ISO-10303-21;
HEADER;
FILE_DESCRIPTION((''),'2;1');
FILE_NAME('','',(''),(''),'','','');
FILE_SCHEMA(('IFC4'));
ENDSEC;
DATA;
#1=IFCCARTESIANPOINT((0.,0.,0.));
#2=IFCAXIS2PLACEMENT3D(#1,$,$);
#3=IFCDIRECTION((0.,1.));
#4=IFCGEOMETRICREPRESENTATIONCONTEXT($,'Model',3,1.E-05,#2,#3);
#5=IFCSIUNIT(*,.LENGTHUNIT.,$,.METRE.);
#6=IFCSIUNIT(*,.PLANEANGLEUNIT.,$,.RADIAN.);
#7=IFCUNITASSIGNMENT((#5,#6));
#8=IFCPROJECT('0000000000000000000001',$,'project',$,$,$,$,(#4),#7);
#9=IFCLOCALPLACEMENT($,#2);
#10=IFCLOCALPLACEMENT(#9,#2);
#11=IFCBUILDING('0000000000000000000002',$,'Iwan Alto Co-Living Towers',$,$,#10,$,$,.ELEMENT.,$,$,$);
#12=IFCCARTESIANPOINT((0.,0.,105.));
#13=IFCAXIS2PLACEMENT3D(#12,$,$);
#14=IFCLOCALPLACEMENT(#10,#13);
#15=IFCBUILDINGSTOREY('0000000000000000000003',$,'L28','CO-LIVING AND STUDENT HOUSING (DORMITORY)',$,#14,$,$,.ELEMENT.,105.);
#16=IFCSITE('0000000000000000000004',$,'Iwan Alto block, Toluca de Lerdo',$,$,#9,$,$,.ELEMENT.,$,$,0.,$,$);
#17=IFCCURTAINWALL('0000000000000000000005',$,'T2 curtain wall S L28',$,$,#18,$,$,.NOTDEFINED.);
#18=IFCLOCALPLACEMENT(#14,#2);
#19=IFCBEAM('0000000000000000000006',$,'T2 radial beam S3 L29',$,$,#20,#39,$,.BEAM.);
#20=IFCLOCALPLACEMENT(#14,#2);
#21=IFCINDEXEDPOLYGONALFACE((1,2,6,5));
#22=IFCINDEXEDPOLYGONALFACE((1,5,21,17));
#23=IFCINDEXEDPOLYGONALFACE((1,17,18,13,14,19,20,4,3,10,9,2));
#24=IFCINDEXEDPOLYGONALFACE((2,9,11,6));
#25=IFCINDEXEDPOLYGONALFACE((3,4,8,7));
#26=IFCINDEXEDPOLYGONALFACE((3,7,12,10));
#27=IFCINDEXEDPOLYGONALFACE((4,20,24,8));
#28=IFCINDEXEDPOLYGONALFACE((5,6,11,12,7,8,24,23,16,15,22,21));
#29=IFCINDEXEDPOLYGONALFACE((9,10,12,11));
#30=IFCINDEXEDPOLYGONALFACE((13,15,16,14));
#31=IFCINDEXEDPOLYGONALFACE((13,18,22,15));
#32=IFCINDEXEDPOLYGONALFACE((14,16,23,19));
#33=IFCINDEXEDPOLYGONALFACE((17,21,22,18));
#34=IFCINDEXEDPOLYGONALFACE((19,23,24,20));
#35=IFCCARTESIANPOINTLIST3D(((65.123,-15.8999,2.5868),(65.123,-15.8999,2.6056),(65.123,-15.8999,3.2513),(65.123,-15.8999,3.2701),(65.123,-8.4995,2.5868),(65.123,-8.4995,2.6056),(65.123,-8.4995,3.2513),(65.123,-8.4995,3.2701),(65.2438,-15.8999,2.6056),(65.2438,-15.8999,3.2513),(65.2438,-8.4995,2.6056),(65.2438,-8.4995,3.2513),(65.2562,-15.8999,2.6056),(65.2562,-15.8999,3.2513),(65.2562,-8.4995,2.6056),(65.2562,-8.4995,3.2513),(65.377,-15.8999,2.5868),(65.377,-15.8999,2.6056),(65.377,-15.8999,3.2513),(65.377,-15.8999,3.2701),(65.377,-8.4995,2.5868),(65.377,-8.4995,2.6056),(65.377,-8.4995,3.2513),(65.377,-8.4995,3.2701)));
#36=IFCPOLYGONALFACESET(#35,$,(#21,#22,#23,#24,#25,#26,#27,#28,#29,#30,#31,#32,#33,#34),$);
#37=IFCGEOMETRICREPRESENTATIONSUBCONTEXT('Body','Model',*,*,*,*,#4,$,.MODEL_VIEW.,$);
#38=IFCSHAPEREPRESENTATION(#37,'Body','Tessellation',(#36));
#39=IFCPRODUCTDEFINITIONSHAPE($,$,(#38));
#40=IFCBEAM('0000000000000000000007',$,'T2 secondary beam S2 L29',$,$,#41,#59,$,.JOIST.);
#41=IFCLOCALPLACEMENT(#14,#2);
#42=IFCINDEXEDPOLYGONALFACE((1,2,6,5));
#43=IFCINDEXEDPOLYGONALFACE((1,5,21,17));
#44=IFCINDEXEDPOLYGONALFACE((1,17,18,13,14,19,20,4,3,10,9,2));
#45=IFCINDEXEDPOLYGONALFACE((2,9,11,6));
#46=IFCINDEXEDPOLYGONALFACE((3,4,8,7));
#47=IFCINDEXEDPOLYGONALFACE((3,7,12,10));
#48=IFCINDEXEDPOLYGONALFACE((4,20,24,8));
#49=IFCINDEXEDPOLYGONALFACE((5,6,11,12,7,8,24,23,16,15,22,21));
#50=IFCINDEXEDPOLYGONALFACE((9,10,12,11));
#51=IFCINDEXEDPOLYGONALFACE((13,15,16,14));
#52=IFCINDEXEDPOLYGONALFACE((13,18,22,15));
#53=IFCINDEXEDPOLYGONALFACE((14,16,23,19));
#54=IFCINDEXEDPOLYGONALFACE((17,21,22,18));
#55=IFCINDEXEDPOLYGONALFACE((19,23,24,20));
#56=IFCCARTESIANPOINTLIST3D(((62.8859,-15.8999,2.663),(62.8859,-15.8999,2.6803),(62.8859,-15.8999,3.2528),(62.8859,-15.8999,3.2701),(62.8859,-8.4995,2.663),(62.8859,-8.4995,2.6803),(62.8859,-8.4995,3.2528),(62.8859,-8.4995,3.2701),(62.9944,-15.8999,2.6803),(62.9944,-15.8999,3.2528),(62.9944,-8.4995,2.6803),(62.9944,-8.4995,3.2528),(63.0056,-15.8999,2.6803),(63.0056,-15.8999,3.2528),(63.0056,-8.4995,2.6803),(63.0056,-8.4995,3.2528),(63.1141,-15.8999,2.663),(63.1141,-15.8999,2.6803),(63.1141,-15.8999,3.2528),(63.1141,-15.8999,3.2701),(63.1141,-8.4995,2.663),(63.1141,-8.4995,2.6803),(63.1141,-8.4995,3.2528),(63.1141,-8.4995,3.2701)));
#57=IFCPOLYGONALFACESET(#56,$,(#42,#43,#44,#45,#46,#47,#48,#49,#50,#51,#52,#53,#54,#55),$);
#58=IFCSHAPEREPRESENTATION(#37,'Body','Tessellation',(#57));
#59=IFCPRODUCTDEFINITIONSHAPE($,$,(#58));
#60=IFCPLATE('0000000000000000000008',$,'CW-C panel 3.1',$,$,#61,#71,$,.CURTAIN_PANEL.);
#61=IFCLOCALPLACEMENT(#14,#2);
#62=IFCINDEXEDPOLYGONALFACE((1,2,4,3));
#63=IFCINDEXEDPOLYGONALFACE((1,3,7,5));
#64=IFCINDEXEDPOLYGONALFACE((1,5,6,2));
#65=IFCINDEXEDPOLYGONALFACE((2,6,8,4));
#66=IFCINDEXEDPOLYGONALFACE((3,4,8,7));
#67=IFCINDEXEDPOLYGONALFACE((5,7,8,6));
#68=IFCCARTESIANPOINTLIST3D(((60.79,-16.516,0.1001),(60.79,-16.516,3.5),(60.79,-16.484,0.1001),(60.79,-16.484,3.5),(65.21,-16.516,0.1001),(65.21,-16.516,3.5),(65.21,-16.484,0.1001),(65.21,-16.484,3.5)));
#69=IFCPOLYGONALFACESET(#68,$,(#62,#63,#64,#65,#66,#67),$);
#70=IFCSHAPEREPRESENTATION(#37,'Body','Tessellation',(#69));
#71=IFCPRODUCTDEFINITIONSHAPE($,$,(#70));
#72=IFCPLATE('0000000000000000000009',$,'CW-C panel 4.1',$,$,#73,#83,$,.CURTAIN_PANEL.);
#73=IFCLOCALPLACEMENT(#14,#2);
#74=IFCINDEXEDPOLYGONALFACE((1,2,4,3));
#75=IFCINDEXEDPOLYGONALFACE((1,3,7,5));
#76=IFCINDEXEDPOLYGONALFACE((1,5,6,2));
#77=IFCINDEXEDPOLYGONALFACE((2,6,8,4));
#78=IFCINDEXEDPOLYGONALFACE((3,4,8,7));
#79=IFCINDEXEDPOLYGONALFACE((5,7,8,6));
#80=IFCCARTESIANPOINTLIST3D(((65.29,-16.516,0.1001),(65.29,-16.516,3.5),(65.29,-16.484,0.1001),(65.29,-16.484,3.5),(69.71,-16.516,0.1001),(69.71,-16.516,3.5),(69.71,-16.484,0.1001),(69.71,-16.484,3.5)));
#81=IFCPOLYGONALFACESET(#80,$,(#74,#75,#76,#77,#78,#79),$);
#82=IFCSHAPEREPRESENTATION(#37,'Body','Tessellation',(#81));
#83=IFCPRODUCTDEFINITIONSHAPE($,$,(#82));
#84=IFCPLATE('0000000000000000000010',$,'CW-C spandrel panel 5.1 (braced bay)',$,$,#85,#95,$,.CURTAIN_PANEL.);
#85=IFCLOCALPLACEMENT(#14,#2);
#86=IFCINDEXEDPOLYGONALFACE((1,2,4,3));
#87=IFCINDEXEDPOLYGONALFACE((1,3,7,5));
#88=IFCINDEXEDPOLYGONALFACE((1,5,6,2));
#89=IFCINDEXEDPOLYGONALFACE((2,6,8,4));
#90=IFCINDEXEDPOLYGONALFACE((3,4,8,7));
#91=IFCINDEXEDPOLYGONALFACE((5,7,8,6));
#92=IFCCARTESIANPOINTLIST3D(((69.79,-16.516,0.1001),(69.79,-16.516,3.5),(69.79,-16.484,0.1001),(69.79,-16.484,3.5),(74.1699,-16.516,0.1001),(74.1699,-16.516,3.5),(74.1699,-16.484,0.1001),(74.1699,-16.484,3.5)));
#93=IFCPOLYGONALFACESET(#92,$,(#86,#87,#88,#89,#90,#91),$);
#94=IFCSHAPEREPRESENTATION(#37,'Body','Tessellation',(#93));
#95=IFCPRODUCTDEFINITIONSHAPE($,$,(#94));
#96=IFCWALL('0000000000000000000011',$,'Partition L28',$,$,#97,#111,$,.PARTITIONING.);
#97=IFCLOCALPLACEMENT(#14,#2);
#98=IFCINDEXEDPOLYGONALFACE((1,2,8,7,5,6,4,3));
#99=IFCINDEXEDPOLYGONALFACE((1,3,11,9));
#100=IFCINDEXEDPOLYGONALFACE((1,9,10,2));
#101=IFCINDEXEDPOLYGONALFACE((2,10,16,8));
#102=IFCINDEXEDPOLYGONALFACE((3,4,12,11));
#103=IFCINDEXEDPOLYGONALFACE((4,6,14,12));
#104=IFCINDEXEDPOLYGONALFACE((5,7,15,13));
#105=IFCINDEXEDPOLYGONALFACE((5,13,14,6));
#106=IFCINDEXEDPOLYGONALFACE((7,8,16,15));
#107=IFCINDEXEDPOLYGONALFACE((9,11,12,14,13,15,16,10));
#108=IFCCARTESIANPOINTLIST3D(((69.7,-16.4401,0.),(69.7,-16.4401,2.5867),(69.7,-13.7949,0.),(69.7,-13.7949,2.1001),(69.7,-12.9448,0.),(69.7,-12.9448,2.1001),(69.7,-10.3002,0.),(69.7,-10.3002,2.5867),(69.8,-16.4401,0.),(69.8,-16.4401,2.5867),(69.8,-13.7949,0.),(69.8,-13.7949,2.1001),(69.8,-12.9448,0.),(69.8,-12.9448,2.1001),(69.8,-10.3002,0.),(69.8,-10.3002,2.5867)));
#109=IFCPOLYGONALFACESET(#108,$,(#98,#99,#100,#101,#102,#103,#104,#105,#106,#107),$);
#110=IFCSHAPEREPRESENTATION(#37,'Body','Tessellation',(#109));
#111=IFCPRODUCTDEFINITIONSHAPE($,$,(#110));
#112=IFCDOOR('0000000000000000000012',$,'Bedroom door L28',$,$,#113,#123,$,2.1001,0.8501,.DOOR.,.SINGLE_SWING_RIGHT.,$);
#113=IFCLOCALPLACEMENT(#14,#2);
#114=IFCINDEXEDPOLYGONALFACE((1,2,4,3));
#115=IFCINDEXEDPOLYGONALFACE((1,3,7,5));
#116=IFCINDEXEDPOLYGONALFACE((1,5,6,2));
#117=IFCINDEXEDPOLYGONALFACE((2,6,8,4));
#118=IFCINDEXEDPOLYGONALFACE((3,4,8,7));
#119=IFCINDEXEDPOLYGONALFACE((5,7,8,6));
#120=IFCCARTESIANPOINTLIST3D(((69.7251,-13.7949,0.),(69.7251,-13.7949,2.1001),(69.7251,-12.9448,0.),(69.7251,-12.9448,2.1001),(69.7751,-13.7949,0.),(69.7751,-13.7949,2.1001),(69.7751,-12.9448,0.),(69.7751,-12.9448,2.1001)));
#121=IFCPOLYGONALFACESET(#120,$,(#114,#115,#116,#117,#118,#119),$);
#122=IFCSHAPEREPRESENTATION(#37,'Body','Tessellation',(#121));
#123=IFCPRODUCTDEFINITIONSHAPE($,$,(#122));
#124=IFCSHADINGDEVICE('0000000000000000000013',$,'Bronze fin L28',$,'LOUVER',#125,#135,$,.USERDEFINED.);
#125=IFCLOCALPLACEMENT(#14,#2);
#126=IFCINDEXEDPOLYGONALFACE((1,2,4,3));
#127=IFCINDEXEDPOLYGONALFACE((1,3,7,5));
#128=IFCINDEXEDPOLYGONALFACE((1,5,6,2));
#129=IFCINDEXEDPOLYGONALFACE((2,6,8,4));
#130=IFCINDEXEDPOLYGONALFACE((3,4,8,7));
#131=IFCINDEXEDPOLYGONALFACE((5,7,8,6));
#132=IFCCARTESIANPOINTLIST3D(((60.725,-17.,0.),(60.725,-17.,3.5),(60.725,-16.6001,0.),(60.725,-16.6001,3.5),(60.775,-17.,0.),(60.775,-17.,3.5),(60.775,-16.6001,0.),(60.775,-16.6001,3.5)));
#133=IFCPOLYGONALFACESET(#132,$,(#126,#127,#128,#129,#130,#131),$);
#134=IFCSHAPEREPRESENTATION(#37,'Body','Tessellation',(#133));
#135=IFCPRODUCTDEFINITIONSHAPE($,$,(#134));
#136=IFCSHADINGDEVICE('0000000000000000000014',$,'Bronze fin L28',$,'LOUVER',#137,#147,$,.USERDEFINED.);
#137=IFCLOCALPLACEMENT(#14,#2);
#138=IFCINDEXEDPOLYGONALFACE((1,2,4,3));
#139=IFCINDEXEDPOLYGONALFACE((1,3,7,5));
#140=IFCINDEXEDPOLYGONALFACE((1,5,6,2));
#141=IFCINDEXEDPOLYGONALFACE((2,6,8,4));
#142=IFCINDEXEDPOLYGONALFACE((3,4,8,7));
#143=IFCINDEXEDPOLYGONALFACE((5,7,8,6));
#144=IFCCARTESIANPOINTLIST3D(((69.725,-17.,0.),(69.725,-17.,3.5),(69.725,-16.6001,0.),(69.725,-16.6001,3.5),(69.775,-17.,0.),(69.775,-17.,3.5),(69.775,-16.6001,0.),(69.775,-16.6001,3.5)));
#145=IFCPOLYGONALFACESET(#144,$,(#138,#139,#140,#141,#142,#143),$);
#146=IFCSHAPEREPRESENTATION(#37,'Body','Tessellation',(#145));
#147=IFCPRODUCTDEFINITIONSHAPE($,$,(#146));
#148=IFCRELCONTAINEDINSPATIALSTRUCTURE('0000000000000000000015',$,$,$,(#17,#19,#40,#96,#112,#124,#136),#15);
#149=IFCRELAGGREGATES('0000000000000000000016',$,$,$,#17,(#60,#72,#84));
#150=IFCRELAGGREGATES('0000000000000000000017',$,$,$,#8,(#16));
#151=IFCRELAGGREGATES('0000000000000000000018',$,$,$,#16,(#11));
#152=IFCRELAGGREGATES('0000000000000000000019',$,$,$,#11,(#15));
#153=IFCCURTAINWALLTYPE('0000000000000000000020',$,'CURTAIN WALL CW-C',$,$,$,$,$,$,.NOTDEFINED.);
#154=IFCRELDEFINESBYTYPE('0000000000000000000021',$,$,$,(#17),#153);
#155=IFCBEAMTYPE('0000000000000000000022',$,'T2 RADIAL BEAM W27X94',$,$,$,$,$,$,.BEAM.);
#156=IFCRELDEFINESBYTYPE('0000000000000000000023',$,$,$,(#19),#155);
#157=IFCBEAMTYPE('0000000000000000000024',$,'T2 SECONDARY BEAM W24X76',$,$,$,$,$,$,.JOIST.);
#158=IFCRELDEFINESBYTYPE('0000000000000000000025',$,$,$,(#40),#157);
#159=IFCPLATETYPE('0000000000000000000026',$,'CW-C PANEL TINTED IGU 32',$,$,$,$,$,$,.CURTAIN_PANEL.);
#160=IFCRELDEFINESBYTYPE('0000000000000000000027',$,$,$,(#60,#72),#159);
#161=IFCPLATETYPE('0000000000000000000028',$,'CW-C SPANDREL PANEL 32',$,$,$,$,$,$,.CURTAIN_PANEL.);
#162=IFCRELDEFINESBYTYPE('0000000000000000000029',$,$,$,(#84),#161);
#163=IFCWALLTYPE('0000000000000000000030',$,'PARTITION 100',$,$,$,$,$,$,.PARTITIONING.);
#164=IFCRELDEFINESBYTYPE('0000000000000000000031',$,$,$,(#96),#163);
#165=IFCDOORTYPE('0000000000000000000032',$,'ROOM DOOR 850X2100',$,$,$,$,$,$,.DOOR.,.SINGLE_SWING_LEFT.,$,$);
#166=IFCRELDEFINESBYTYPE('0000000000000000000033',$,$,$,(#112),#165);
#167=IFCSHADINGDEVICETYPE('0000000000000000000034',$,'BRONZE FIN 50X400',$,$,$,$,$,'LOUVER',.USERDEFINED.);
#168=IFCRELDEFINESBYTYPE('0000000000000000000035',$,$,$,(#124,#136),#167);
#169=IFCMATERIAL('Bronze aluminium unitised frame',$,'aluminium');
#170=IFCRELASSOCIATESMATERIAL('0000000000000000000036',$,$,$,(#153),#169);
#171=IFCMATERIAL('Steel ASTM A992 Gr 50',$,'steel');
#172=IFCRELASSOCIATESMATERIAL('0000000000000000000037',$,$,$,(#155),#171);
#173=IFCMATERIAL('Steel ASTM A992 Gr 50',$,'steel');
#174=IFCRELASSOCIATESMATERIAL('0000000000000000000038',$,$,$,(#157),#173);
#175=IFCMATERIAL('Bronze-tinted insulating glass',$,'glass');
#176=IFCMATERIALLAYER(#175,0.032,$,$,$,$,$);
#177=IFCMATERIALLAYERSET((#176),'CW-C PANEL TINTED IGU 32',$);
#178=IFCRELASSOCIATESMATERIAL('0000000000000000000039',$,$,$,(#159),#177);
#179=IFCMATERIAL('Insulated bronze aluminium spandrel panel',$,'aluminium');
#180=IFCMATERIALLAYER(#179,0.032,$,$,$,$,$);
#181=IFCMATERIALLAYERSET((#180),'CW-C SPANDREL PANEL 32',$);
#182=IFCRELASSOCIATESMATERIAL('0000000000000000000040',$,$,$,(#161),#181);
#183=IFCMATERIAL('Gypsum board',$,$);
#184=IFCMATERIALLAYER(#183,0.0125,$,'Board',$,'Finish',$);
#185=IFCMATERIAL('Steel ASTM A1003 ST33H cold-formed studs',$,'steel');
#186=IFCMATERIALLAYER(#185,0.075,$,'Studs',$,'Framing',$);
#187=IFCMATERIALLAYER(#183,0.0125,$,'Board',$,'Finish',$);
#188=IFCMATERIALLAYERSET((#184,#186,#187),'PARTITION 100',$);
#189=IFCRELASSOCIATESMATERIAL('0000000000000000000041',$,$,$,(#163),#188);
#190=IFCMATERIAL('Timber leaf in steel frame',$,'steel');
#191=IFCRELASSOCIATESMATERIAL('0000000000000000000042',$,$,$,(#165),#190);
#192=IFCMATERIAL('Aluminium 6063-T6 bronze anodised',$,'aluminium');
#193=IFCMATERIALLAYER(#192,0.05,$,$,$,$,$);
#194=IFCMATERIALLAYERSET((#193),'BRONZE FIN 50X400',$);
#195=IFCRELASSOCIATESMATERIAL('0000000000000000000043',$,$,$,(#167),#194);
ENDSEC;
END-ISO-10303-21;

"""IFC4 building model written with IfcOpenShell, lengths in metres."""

from ifc_helpers import new_model, si_unit, direction, frame, frame_2d, origin, origin_2d, place, context, subcontext, project, spatial, rectangle, i_section, extrude, material, layer, layer_set, material_profile, profile_set, type_object, element, fill, aggregate, save


model = new_model("IFC4")

# Units and contexts
model_context = context("Model", 3, precision=1e-05, world=origin(), true_north=direction((0.0, 1.0)))
body_context = subcontext(model_context, "Body", "Model", "MODEL_VIEW")
ifc_project = project(units=[si_unit("LENGTHUNIT", "METRE"), si_unit("PLANEANGLEUNIT", "RADIAN")], contexts=[model_context])

# Site, building, storey
site_placement = place(None, origin())
site = spatial("IfcSite", under=ifc_project, at=site_placement, Name="Iwan Alto block, Toluca de Lerdo", CompositionType="ELEMENT", RefElevation=0.0)
building_placement = place(site_placement, origin())
building = spatial("IfcBuilding", under=site, at=building_placement, Name="Iwan Alto Co-Living Towers", CompositionType="ELEMENT")
storey_placement = place(building_placement, frame((0.0, 0.0, 105.0)))
storey = spatial("IfcBuildingStorey", under=building, at=storey_placement, Name="L28", Description="CO-LIVING AND STUDENT HOUSING (DORMITORY)", CompositionType="ELEMENT", Elevation=105.0)

# Curtain wall
ifc_material_1 = material(Name="Bronze aluminium unitised frame", Category="aluminium")
curtain_wall_type = type_object("IfcCurtainWallType", Name="CURTAIN WALL CW-C", PredefinedType="NOTDEFINED", material=ifc_material_1)
curtain_wall_placement = place(storey_placement, origin())
curtain_wall = element("IfcCurtainWall", 1, at=curtain_wall_placement, inside=storey, type_object=curtain_wall_type, Name="T2 curtain wall S L28", PredefinedType="NOTDEFINED")

# Beams
ifc_material_2 = material(Name="Steel ASTM A992 Gr 50", Category="steel")
ifc_material_profile_1 = material_profile(ifc_material_2, i_section(OverallWidth=0.2539, OverallDepth=0.6833, WebThickness=0.0125, FlangeThickness=0.0188, at=origin_2d()), Name="W27X94")
ifc_profile_set_1 = profile_set([ifc_material_profile_1], Name="Steel ASTM A992 Gr 50")
beam_type_1 = type_object("IfcBeamType", Name="T2 RADIAL BEAM W27X94", PredefinedType="BEAM", material=ifc_profile_set_1)
for number, where, z_axis, x_axis, name in (
    (2, (65.25, -15.8999, 2.9285), (0.0, 1.0, 0.0), (-1.0, 0.0, 0.0), "T2 radial beam S3 L29"),
):
    element("IfcBeam", number, at=place(storey_placement, frame(where, z_axis=z_axis, x_axis=x_axis)), inside=storey, type_object=beam_type_1, Name=name, PredefinedType="BEAM", context=body_context, shape_type="SweptSolid", body=[
        extrude(i_section(OverallWidth=0.2539, OverallDepth=0.6833, WebThickness=0.0125, FlangeThickness=0.0188, at=origin_2d()), origin(), (0.0, 0.0, 1.0), 7.4004),
    ])
ifc_material_3 = material(Name="Steel ASTM A992 Gr 50", Category="steel")
ifc_material_profile_2 = material_profile(ifc_material_3, i_section(OverallWidth=0.2283, OverallDepth=0.6072, WebThickness=0.0112, FlangeThickness=0.0173, at=origin_2d()), Name="W24X76")
ifc_profile_set_2 = profile_set([ifc_material_profile_2], Name="Steel ASTM A992 Gr 50")
beam_type_2 = type_object("IfcBeamType", Name="T2 SECONDARY BEAM W24X76", PredefinedType="JOIST", material=ifc_profile_set_2)
beam_placement = place(storey_placement, frame((63.0, -15.8999, 2.9666), z_axis=(0.0, 1.0, 0.0), x_axis=(-1.0, 0.0, 0.0)))
element("IfcBeam", 3, at=beam_placement, inside=storey, type_object=beam_type_2, Name="T2 secondary beam S2 L29", PredefinedType="JOIST", context=body_context, shape_type="SweptSolid", body=[
    extrude(i_section(OverallWidth=0.2283, OverallDepth=0.6072, WebThickness=0.0112, FlangeThickness=0.0173, at=origin_2d()), origin(), (0.0, 0.0, 1.0), 7.4004),
])

# Plates
ifc_material_4 = material(Name="Bronze-tinted insulating glass", Category="glass")
ifc_layer_1 = layer(ifc_material_4, 0.032)
ifc_layer_set_1 = layer_set([ifc_layer_1], Name="CW-C PANEL TINTED IGU 32")
plate_type_1 = type_object("IfcPlateType", Name="CW-C PANEL TINTED IGU 32", PredefinedType="CURTAIN_PANEL", material=ifc_layer_set_1)
plate_1_placement = place(storey_placement, frame((63.0, -16.5, 0.1001), z_axis=(0.0, 0.0, 1.0), x_axis=(1.0, 0.0, 0.0)))
plate_1 = element("IfcPlate", 4, at=plate_1_placement, type_object=plate_type_1, Name="CW-C panel 3.1", PredefinedType="CURTAIN_PANEL", context=body_context, shape_type="SweptSolid", body=[
    extrude(rectangle(XDim=4.4199, YDim=0.032, at=origin_2d()), origin(), (0.0, 0.0, 1.0), 3.3999),
])
plate_2_placement = place(storey_placement, frame((67.5, -16.5, 0.1001), z_axis=(0.0, 0.0, 1.0), x_axis=(1.0, 0.0, 0.0)))
plate_2 = element("IfcPlate", 5, at=plate_2_placement, type_object=plate_type_1, Name="CW-C panel 4.1", PredefinedType="CURTAIN_PANEL", context=body_context, shape_type="SweptSolid", body=[
    extrude(rectangle(XDim=4.4199, YDim=0.032, at=origin_2d()), origin(), (0.0, 0.0, 1.0), 3.3999),
])
ifc_material_5 = material(Name="Insulated bronze aluminium spandrel panel", Category="aluminium")
ifc_layer_2 = layer(ifc_material_5, 0.032)
ifc_layer_set_2 = layer_set([ifc_layer_2], Name="CW-C SPANDREL PANEL 32")
plate_type_2 = type_object("IfcPlateType", Name="CW-C SPANDREL PANEL 32", PredefinedType="CURTAIN_PANEL", material=ifc_layer_set_2)
plate_3_placement = place(storey_placement, frame((71.98, -16.5, 0.1001), z_axis=(0.0, 0.0, 1.0), x_axis=(1.0, 0.0, 0.0)))
plate_3 = element("IfcPlate", 6, at=plate_3_placement, type_object=plate_type_2, Name="CW-C spandrel panel 5.1 (braced bay)", PredefinedType="CURTAIN_PANEL", context=body_context, shape_type="SweptSolid", body=[
    extrude(rectangle(XDim=4.3799, YDim=0.032, at=origin_2d()), origin(), (0.0, 0.0, 1.0), 3.3999),
])
aggregate(curtain_wall, [plate_1, plate_2, plate_3])

# Wall, opening, door
ifc_material_6 = material(Name="Gypsum board")
ifc_layer_3 = layer(ifc_material_6, 0.0125, Name="Board", Category="Finish")
ifc_material_7 = material(Name="Steel ASTM A1003 ST33H cold-formed studs", Category="steel")
ifc_layer_4 = layer(ifc_material_7, 0.075, Name="Studs", Category="Framing")
ifc_layer_5 = layer(ifc_material_6, 0.0125, Name="Board", Category="Finish")
ifc_layer_set_3 = layer_set([ifc_layer_3, ifc_layer_4, ifc_layer_5], Name="PARTITION 100")
wall_type = type_object("IfcWallType", Name="PARTITION 100", PredefinedType="PARTITIONING", material=ifc_layer_set_3)
wall_placement = place(storey_placement, frame((69.75, -16.4399, 0.0), z_axis=(0.0, 0.0, 1.0), x_axis=(0.0, 1.0, 0.0)))
wall = element("IfcWall", 7, at=wall_placement, inside=storey, type_object=wall_type, Name="Partition L28", PredefinedType="PARTITIONING", context=body_context, shape_type="SweptSolid", body=[
    extrude(rectangle(XDim=6.1399, YDim=0.1001, at=frame_2d((3.0698, 0.0))), origin(), (0.0, 0.0, 1.0), 2.5867),
])
opening_placement = place(wall_placement, frame((2.645, 0.0, 0.0)))
opening = element("IfcOpeningElement", 8, at=opening_placement, cuts=wall, PredefinedType="OPENING", context=body_context, shape_type="SweptSolid", body=[
    extrude(rectangle(XDim=0.8501, YDim=2.1001, at=frame_2d((0.425, 1.05))), frame((0.0, 0.0601, 0.0), z_axis=(0.0, -1.0, 0.0), x_axis=(1.0, 0.0, 0.0)), (0.0, 0.0, 1.0), 0.1201),
])
ifc_material_8 = material(Name="Timber leaf in steel frame", Category="steel")
door_type = type_object("IfcDoorType", Name="ROOM DOOR 850X2100", OperationType="SINGLE_SWING_LEFT", PredefinedType="DOOR", material=ifc_material_8)
door_placement = place(opening_placement, origin())
door = element("IfcDoor", 9, at=door_placement, inside=storey, type_object=door_type, Name="Bedroom door L28", OperationType="SINGLE_SWING_RIGHT", OverallHeight=2.1001, OverallWidth=0.8501, PredefinedType="DOOR", context=body_context, shape_type="SweptSolid", body=[
    extrude(rectangle(XDim=0.8501, YDim=2.1001, at=frame_2d((0.425, 1.05))), frame((0.0, 0.0249, 0.0), z_axis=(0.0, -1.0, 0.0), x_axis=(1.0, 0.0, 0.0)), (0.0, 0.0, 1.0), 0.05),
])
fill(opening, door)

# Shading devices
ifc_material_9 = material(Name="Aluminium 6063-T6 bronze anodised", Category="aluminium")
ifc_layer_6 = layer(ifc_material_9, 0.05)
ifc_layer_set_4 = layer_set([ifc_layer_6], Name="BRONZE FIN 50X400")
shading_device_type = type_object("IfcShadingDeviceType", Name="BRONZE FIN 50X400", ElementType="LOUVER", PredefinedType="USERDEFINED", material=ifc_layer_set_4)
for number, where, z_axis, x_axis, name in (
    (10, (60.75, -16.8, 0.0), (0.0, 0.0, 1.0), (1.0, 0.0, 0.0), "Bronze fin L28"),
    (11, (69.75, -16.8, 0.0), (0.0, 0.0, 1.0), (1.0, 0.0, 0.0), "Bronze fin L28"),
):
    element("IfcShadingDevice", number, at=place(storey_placement, frame(where, z_axis=z_axis, x_axis=x_axis)), inside=storey, type_object=shading_device_type, Name=name, ObjectType="LOUVER", PredefinedType="USERDEFINED", context=body_context, shape_type="SweptSolid", body=[
        extrude(rectangle(XDim=0.05, YDim=0.3999, at=origin_2d()), origin(), (0.0, 0.0, 1.0), 3.5),
    ])

save(model, "model.ifc")
